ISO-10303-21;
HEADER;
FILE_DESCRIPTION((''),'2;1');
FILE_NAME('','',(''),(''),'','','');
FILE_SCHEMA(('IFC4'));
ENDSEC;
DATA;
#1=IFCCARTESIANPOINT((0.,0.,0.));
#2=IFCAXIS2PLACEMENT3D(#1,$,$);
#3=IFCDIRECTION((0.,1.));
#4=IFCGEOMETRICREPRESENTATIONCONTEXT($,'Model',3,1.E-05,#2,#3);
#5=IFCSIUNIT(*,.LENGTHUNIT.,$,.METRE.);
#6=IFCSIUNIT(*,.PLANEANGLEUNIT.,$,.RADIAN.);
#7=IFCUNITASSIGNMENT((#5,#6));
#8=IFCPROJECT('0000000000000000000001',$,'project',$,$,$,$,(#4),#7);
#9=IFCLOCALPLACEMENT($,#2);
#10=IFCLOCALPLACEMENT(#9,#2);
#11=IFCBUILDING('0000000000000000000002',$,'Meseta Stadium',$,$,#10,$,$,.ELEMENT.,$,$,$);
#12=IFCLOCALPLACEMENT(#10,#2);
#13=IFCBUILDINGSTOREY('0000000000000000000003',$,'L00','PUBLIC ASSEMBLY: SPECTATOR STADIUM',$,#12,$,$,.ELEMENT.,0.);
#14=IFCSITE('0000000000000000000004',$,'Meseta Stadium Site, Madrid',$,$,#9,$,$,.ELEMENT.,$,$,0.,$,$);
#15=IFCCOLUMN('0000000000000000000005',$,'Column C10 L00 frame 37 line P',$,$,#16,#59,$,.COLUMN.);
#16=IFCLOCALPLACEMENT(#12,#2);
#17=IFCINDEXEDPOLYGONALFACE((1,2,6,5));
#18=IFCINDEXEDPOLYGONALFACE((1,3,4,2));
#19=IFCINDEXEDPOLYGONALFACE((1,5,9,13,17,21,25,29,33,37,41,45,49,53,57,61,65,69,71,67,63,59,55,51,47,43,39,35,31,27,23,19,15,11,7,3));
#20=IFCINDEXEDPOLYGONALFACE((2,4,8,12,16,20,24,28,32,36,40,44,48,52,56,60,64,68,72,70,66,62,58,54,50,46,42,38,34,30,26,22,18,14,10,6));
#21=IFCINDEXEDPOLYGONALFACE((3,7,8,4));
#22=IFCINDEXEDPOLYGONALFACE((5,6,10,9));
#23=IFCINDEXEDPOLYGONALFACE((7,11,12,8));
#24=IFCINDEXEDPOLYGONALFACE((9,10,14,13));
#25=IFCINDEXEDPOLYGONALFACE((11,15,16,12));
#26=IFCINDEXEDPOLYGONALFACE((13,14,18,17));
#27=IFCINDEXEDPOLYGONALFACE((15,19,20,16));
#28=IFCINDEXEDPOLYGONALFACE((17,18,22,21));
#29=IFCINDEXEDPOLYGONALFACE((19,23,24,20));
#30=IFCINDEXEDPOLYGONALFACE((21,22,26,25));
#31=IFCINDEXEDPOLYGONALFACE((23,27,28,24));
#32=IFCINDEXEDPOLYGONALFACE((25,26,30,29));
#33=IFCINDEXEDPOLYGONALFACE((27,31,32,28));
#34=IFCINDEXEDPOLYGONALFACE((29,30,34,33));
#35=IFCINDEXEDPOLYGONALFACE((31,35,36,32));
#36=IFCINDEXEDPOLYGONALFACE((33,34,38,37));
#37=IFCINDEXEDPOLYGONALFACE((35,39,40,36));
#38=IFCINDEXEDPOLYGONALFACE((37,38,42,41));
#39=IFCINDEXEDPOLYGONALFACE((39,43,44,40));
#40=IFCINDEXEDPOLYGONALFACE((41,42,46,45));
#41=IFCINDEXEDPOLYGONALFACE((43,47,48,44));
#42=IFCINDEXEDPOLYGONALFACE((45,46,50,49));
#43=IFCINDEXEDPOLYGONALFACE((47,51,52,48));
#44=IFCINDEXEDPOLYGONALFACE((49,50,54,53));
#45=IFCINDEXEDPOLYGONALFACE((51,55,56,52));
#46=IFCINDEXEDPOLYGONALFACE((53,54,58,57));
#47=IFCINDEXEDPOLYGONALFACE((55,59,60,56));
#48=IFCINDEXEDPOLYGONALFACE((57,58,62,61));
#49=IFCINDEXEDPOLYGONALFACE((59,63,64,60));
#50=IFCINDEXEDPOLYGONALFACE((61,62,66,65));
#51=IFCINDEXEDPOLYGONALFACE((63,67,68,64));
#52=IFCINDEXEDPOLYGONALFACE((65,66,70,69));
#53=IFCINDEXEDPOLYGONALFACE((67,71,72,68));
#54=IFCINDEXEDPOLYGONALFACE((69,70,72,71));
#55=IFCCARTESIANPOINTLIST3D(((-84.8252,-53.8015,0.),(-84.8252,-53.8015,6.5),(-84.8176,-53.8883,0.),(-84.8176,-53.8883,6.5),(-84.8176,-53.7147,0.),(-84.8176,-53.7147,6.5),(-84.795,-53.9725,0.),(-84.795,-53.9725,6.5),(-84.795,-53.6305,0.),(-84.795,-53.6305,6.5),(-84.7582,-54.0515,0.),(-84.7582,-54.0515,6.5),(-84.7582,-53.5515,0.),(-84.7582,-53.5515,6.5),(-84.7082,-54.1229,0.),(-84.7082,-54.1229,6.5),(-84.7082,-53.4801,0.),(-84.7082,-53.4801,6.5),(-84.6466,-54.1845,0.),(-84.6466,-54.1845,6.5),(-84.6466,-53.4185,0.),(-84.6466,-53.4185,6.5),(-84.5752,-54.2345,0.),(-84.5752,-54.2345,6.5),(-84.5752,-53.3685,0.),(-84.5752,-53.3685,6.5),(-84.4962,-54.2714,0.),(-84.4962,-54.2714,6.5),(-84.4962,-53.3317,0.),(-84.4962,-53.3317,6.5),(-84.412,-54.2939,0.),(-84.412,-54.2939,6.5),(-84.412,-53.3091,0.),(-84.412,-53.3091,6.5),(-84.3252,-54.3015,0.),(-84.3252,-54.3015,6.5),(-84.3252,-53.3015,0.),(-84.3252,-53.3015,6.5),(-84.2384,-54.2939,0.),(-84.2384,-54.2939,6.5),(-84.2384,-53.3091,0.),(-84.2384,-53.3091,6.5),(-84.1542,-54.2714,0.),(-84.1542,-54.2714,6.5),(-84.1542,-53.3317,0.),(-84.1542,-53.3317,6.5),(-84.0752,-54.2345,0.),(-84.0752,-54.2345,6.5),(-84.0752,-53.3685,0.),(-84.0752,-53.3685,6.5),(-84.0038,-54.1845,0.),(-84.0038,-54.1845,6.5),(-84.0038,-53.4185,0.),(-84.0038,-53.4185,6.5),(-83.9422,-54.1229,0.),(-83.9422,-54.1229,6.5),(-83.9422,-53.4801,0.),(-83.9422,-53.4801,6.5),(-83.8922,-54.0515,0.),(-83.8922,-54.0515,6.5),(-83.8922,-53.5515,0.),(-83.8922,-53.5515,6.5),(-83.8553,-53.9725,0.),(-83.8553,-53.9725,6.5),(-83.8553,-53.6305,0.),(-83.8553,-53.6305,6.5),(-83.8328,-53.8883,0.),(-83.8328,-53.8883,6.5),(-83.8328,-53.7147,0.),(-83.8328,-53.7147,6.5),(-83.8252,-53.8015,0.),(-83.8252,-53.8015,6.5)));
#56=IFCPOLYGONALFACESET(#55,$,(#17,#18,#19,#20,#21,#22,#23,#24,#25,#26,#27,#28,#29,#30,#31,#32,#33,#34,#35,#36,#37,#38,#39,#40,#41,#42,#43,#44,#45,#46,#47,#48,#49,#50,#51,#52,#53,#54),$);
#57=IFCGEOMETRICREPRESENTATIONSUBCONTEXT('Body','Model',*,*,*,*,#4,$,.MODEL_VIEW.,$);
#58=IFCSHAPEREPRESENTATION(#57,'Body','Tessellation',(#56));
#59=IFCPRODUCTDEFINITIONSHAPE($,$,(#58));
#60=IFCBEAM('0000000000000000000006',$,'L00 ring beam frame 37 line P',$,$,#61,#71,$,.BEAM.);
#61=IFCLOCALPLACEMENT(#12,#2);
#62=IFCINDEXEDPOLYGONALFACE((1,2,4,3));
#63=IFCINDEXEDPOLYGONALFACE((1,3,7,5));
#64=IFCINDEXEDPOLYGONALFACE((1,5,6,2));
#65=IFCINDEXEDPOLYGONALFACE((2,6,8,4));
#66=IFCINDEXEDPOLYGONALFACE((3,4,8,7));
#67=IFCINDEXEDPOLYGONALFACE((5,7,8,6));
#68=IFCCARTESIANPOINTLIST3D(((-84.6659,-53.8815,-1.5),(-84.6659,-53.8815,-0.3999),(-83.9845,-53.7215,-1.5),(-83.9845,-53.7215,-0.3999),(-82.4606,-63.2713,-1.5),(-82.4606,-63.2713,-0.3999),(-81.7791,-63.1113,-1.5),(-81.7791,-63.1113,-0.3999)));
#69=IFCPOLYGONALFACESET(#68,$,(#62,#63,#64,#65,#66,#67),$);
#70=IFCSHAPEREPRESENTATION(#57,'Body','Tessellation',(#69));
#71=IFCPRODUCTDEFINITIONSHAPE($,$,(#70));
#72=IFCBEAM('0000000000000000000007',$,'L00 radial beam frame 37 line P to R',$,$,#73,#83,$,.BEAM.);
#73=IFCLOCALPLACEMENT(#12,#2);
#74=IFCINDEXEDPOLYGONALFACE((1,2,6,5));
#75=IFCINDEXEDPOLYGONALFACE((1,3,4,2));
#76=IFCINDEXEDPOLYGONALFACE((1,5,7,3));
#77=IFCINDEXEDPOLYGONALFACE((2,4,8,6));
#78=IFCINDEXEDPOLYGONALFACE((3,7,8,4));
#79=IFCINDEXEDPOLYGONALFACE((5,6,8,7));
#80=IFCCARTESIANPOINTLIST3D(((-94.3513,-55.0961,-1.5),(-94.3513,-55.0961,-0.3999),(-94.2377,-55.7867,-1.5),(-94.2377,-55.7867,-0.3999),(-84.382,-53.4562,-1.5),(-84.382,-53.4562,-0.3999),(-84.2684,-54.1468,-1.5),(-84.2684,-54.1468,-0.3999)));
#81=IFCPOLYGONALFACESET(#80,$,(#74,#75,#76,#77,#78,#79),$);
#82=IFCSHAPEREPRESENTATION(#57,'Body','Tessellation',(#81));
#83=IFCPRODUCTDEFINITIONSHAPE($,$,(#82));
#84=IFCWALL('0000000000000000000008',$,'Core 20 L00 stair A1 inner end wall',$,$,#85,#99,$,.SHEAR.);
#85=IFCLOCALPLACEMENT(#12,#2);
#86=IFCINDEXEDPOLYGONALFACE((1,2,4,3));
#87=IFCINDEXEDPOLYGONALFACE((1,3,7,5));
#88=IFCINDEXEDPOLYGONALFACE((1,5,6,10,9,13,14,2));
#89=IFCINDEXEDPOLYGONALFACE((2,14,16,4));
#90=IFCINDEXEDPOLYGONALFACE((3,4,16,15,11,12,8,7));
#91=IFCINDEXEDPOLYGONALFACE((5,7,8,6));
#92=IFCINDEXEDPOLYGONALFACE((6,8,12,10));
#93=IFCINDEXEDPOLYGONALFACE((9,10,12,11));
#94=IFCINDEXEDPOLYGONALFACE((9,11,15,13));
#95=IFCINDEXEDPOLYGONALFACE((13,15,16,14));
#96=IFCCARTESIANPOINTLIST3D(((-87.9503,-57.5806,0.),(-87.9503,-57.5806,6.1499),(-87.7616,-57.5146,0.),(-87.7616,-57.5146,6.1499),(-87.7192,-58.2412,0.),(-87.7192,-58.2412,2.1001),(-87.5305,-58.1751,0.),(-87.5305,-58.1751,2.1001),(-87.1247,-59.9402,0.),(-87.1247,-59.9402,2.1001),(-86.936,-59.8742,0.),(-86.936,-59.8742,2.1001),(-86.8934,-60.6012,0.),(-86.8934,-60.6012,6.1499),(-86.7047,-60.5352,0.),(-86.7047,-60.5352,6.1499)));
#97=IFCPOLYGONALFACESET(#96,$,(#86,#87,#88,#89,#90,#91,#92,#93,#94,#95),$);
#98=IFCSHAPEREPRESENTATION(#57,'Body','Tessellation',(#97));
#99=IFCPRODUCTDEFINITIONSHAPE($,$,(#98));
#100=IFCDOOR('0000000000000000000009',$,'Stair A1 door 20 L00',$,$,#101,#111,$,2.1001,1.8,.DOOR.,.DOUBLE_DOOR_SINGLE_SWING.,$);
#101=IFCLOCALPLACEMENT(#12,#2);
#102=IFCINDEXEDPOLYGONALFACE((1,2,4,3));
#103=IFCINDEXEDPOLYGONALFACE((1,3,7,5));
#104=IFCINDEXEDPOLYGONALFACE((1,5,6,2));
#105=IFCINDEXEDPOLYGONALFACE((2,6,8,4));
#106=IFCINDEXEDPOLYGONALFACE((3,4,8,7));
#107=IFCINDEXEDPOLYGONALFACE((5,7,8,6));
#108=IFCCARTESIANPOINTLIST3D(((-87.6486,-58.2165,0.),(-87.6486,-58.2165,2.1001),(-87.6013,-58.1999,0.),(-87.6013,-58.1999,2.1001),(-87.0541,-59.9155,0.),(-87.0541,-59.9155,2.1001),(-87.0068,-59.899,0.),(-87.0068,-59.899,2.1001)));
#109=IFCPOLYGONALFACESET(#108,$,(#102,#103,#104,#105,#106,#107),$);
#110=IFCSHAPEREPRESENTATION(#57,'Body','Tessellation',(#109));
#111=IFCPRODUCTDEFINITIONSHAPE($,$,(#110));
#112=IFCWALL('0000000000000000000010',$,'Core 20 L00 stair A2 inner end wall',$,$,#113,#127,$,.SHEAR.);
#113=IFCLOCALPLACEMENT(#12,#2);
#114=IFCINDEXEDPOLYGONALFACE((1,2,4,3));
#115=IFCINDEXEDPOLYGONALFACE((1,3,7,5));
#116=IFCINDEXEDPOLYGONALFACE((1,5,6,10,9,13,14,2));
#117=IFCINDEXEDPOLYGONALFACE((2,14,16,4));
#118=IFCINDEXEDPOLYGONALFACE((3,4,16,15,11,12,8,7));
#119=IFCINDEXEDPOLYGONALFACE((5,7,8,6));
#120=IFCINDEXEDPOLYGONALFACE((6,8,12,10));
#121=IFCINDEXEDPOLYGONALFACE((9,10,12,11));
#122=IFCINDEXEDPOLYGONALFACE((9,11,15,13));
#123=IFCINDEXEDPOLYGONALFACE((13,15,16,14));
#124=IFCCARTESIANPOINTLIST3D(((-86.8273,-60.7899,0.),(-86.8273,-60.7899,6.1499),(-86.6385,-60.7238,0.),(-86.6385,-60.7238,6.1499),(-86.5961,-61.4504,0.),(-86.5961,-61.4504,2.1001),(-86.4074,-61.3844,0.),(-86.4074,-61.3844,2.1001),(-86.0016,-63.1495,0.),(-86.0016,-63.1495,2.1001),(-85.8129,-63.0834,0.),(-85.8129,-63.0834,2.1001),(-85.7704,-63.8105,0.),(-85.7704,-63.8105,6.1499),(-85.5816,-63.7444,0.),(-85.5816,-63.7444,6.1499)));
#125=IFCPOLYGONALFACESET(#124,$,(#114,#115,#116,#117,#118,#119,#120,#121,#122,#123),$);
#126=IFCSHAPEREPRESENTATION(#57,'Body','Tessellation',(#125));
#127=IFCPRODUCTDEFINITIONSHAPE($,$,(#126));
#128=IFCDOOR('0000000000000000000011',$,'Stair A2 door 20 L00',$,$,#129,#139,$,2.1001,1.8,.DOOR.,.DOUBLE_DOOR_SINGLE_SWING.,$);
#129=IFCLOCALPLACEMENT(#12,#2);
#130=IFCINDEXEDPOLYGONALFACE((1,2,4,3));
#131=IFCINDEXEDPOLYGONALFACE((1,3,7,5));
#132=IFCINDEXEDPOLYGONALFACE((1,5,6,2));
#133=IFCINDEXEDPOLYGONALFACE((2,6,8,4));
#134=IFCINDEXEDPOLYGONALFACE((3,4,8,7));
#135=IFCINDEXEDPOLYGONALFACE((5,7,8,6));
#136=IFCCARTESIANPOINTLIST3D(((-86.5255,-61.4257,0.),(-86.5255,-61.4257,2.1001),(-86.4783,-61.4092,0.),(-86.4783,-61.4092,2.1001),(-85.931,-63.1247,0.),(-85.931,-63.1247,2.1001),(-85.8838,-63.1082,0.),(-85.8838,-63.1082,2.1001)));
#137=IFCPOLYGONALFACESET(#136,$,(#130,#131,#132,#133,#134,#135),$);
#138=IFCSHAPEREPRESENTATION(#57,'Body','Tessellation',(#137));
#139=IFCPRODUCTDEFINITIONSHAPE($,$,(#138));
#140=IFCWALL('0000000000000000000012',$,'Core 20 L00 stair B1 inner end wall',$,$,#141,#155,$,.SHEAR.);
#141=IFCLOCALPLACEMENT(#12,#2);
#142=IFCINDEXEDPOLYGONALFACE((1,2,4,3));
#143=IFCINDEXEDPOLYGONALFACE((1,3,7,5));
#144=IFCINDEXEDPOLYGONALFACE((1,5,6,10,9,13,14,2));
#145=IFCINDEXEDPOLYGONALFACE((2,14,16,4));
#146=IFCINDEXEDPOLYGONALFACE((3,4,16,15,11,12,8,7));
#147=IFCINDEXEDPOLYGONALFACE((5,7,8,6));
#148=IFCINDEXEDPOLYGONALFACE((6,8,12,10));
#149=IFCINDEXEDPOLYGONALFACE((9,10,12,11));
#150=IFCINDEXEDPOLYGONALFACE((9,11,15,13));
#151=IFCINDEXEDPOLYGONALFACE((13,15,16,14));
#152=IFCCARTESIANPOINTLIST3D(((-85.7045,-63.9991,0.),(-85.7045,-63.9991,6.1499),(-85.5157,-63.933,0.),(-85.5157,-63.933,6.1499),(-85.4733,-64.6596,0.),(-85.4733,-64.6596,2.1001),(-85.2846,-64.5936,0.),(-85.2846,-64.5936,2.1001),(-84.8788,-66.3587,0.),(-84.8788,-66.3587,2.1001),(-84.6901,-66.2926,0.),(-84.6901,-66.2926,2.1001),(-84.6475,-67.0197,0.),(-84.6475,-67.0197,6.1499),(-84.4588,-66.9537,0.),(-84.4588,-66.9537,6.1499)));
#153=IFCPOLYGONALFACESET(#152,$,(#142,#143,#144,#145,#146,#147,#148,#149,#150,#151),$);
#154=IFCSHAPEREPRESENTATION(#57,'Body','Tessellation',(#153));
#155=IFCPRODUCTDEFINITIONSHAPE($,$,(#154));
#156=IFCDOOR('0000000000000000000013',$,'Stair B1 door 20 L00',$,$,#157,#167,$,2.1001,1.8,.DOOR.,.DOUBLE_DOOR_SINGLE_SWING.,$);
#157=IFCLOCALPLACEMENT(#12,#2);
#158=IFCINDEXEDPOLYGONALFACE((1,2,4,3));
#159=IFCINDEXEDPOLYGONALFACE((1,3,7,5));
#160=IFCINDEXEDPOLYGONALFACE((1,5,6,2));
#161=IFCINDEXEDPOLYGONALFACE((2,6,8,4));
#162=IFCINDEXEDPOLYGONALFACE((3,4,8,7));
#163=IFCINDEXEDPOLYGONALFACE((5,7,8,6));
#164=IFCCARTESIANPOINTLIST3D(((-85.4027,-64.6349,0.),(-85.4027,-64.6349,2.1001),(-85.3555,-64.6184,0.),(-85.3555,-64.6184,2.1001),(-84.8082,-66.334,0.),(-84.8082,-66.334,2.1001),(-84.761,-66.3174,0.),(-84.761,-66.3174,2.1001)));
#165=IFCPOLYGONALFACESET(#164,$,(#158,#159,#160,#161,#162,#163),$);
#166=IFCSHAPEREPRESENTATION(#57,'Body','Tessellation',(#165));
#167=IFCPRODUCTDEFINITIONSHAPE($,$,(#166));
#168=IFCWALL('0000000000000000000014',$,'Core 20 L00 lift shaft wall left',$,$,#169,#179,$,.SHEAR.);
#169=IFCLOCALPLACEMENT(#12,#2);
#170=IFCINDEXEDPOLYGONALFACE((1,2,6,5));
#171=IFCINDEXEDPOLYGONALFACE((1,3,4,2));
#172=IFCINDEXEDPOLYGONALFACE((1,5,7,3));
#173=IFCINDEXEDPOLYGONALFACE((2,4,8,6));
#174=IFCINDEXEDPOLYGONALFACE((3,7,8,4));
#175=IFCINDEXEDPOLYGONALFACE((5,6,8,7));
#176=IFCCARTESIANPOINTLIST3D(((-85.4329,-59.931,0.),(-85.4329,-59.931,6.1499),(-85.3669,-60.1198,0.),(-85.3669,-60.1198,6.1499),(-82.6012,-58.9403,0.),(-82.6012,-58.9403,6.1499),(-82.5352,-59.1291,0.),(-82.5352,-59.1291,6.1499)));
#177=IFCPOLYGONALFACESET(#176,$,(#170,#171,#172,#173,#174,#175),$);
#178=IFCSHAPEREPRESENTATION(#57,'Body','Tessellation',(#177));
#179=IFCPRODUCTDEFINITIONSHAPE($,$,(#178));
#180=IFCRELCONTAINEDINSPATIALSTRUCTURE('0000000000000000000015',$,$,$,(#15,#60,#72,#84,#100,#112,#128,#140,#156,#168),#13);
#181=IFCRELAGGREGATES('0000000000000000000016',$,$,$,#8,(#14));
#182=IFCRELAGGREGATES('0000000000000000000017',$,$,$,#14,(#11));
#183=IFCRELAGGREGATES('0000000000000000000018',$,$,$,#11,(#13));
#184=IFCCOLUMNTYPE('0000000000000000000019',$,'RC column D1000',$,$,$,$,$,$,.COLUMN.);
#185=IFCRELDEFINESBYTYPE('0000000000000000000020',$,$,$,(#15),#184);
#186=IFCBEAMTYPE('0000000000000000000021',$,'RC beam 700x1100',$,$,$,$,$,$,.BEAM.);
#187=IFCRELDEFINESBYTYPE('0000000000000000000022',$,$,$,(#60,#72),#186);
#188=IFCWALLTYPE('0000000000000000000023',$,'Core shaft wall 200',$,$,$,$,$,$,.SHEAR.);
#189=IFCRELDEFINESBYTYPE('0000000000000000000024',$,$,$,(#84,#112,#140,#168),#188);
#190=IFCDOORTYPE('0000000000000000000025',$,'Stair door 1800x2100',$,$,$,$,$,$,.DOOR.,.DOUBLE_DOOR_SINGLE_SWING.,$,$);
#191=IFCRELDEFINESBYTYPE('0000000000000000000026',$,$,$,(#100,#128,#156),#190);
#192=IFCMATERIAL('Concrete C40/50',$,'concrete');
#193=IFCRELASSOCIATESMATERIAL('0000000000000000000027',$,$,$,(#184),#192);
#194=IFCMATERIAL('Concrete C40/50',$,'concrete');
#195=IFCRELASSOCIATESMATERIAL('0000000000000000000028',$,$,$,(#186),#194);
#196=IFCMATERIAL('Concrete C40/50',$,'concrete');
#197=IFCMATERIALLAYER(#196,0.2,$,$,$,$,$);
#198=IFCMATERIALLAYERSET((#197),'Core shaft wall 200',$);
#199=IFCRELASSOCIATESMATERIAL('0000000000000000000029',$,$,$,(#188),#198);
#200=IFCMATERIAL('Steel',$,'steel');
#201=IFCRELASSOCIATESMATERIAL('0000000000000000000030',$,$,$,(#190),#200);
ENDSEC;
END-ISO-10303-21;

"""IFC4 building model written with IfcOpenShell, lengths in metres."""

from ifc_helpers import new_model, si_unit, direction, frame, frame_2d, origin, origin_2d, place, context, subcontext, project, spatial, rectangle, circle, extrude, material, layer, layer_set, material_profile, profile_set, type_object, element, fill, save


model = new_model("IFC4")

# Units and contexts
model_context = context("Model", 3, precision=1e-05, world=origin(), true_north=direction((0.0, 1.0)))
body_context = subcontext(model_context, "Body", "Model", "MODEL_VIEW")
ifc_project = project(units=[si_unit("LENGTHUNIT", "METRE"), si_unit("PLANEANGLEUNIT", "RADIAN")], contexts=[model_context])

# Site, building, storey
site_placement = place(None, origin())
site = spatial("IfcSite", under=ifc_project, at=site_placement, Name="Meseta Stadium Site, Madrid", CompositionType="ELEMENT", RefElevation=0.0)
building_placement = place(site_placement, origin())
building = spatial("IfcBuilding", under=site, at=building_placement, Name="Meseta Stadium", CompositionType="ELEMENT")
storey_placement = place(building_placement, origin())
storey = spatial("IfcBuildingStorey", under=building, at=storey_placement, Name="L00", Description="PUBLIC ASSEMBLY: SPECTATOR STADIUM", CompositionType="ELEMENT", Elevation=0.0)

# Column
ifc_material_1 = material(Name="Concrete C40/50", Category="concrete")
ifc_material_profile_1 = material_profile(ifc_material_1, circle(Radius=0.5, at=origin_2d()), Name="RC D1000")
ifc_profile_set_1 = profile_set([ifc_material_profile_1], Name="Concrete C40/50")
column_type = type_object("IfcColumnType", Name="RC column D1000", PredefinedType="COLUMN", material=ifc_profile_set_1)
column_placement = place(storey_placement, frame((-84.3252, -53.8015, 0.0), z_axis=(0.0, 0.0, 1.0), x_axis=(1.0, 0.0, 0.0)))
element("IfcColumn", 1, at=column_placement, inside=storey, type_object=column_type, Name="Column C10 L00 frame 37 line P", PredefinedType="COLUMN", context=body_context, shape_type="SweptSolid", body=[
    extrude(circle(Radius=0.5, at=origin_2d()), origin(), (0.0, 0.0, 1.0), 6.5),
])

# Beams
ifc_material_2 = material(Name="Concrete C40/50", Category="concrete")
ifc_material_profile_2 = material_profile(ifc_material_2, rectangle(XDim=0.7, YDim=1.1001, at=origin_2d()), Name="RC 700x1100")
ifc_profile_set_2 = profile_set([ifc_material_profile_2], Name="Concrete C40/50")
beam_type = type_object("IfcBeamType", Name="RC beam 700x1100", PredefinedType="BEAM", material=ifc_profile_set_2)
beam_1_placement = place(storey_placement, frame((-84.3252, -53.8015, -0.95), z_axis=(0.228646, -0.97351, 0.0), x_axis=(0.97351, 0.228646, 0.0)))
element("IfcBeam", 2, at=beam_1_placement, inside=storey, type_object=beam_type, Name="L00 ring beam frame 37 line P", PredefinedType="BEAM", context=body_context, shape_type="SweptSolid", body=[
    extrude(rectangle(XDim=0.7, YDim=1.1001, at=origin_2d()), origin(), (0.0, 0.0, 1.0), 9.6453),
])
beam_2_placement = place(storey_placement, frame((-84.3252, -53.8015, -0.95), z_axis=(-0.986739, -0.162314, 0.0), x_axis=(0.162314, -0.986739, 0.0)))
element("IfcBeam", 3, at=beam_2_placement, inside=storey, type_object=beam_type, Name="L00 radial beam frame 37 line P to R", PredefinedType="BEAM", context=body_context, shape_type="SweptSolid", body=[
    extrude(rectangle(XDim=0.7, YDim=1.1001, at=origin_2d()), origin(), (0.0, 0.0, 1.0), 10.1033),
])

# Walls, openings, doors
ifc_material_3 = material(Name="Concrete C40/50", Category="concrete")
ifc_layer_1 = layer(ifc_material_3, 0.2)
ifc_layer_set_1 = layer_set([ifc_layer_1], Name="Core shaft wall 200")
wall_type_1 = type_object("IfcWallType", Name="Core shaft wall 200", PredefinedType="SHEAR", material=ifc_layer_set_1)
wall_1_placement = place(storey_placement, frame((-87.856, -57.5476, 0.0), z_axis=(0.0, 0.0, 1.0), x_axis=(0.330269, -0.943887, 0.0)))
wall_1 = element("IfcWall", 4, at=wall_1_placement, inside=storey, type_object=wall_type_1, Name="Core 20 L00 stair A1 inner end wall", PredefinedType="SHEAR", context=body_context, shape_type="SweptSolid", body=[
    extrude(rectangle(XDim=3.2002, YDim=0.2, at=frame_2d((1.6001, 0.0))), origin(), (0.0, 0.0, 1.0), 6.1499),
])
opening_1_placement = place(wall_1_placement, frame((0.7, 0.0, 0.0)))
opening_1 = element("IfcOpeningElement", 5, at=opening_1_placement, cuts=wall_1, PredefinedType="OPENING", context=body_context, shape_type="SweptSolid", body=[
    extrude(rectangle(XDim=1.8, YDim=2.1001, at=frame_2d((0.8999, 1.05))), frame((0.0, 0.1099, 0.0), z_axis=(0.0, -1.0, 0.0), x_axis=(1.0, 0.0, 0.0)), (0.0, 0.0, 1.0), 0.22),
])
ifc_material_4 = material(Name="Steel", Category="steel")
door_type = type_object("IfcDoorType", Name="Stair door 1800x2100", OperationType="DOUBLE_DOOR_SINGLE_SWING", PredefinedType="DOOR", material=ifc_material_4)
door_1_placement = place(opening_1_placement, origin())
door_1 = element("IfcDoor", 6, at=door_1_placement, inside=storey, type_object=door_type, Name="Stair A1 door 20 L00", OperationType="DOUBLE_DOOR_SINGLE_SWING", OverallHeight=2.1001, OverallWidth=1.8, PredefinedType="DOOR", context=body_context, shape_type="SweptSolid", body=[
    extrude(rectangle(XDim=1.8, YDim=2.1001, at=frame_2d((0.8999, 1.05))), frame((0.0, 0.0249, 0.0), z_axis=(0.0, -1.0, 0.0), x_axis=(1.0, 0.0, 0.0)), (0.0, 0.0, 1.0), 0.05),
])
fill(opening_1, door_1)
wall_2_placement = place(storey_placement, frame((-86.7329, -60.7568, 0.0), z_axis=(0.0, 0.0, 1.0), x_axis=(0.330269, -0.943887, 0.0)))
wall_2 = element("IfcWall", 7, at=wall_2_placement, inside=storey, type_object=wall_type_1, Name="Core 20 L00 stair A2 inner end wall", PredefinedType="SHEAR", context=body_context, shape_type="SweptSolid", body=[
    extrude(rectangle(XDim=3.2002, YDim=0.2, at=frame_2d((1.6001, 0.0))), origin(), (0.0, 0.0, 1.0), 6.1499),
])
opening_2_placement = place(wall_2_placement, frame((0.7, 0.0, 0.0)))
opening_2 = element("IfcOpeningElement", 8, at=opening_2_placement, cuts=wall_2, PredefinedType="OPENING", context=body_context, shape_type="SweptSolid", body=[
    extrude(rectangle(XDim=1.8, YDim=2.1001, at=frame_2d((0.8999, 1.05))), frame((0.0, 0.1099, 0.0), z_axis=(0.0, -1.0, 0.0), x_axis=(1.0, 0.0, 0.0)), (0.0, 0.0, 1.0), 0.22),
])
door_2_placement = place(opening_2_placement, origin())
door_2 = element("IfcDoor", 9, at=door_2_placement, inside=storey, type_object=door_type, Name="Stair A2 door 20 L00", OperationType="DOUBLE_DOOR_SINGLE_SWING", OverallHeight=2.1001, OverallWidth=1.8, PredefinedType="DOOR", context=body_context, shape_type="SweptSolid", body=[
    extrude(rectangle(XDim=1.8, YDim=2.1001, at=frame_2d((0.8999, 1.05))), frame((0.0, 0.0249, 0.0), z_axis=(0.0, -1.0, 0.0), x_axis=(1.0, 0.0, 0.0)), (0.0, 0.0, 1.0), 0.05),
])
fill(opening_2, door_2)
wall_3_placement = place(storey_placement, frame((-85.6101, -63.9661, 0.0), z_axis=(0.0, 0.0, 1.0), x_axis=(0.330269, -0.943887, 0.0)))
wall_3 = element("IfcWall", 10, at=wall_3_placement, inside=storey, type_object=wall_type_1, Name="Core 20 L00 stair B1 inner end wall", PredefinedType="SHEAR", context=body_context, shape_type="SweptSolid", body=[
    extrude(rectangle(XDim=3.2002, YDim=0.2, at=frame_2d((1.6001, 0.0))), origin(), (0.0, 0.0, 1.0), 6.1499),
])
opening_3_placement = place(wall_3_placement, frame((0.7, 0.0, 0.0)))
opening_3 = element("IfcOpeningElement", 11, at=opening_3_placement, cuts=wall_3, PredefinedType="OPENING", context=body_context, shape_type="SweptSolid", body=[
    extrude(rectangle(XDim=1.8, YDim=2.1001, at=frame_2d((0.8999, 1.05))), frame((0.0, 0.1099, 0.0), z_axis=(0.0, -1.0, 0.0), x_axis=(1.0, 0.0, 0.0)), (0.0, 0.0, 1.0), 0.22),
])
door_3_placement = place(opening_3_placement, origin())
door_3 = element("IfcDoor", 12, at=door_3_placement, inside=storey, type_object=door_type, Name="Stair B1 door 20 L00", OperationType="DOUBLE_DOOR_SINGLE_SWING", OverallHeight=2.1001, OverallWidth=1.8, PredefinedType="DOOR", context=body_context, shape_type="SweptSolid", body=[
    extrude(rectangle(XDim=1.8, YDim=2.1001, at=frame_2d((0.8999, 1.05))), frame((0.0, 0.0249, 0.0), z_axis=(0.0, -1.0, 0.0), x_axis=(1.0, 0.0, 0.0)), (0.0, 0.0, 1.0), 0.05),
])
fill(opening_3, door_3)

# Wall
wall_4_placement = place(storey_placement, frame((-85.3999, -60.0254, 0.0), z_axis=(0.0, 0.0, 1.0), x_axis=(0.9439, 0.330231, 0.0)))
element("IfcWall", 13, at=wall_4_placement, inside=storey, type_object=wall_type_1, Name="Core 20 L00 lift shaft wall left", PredefinedType="SHEAR", context=body_context, shape_type="SweptSolid", body=[
    extrude(rectangle(XDim=3.0, YDim=0.2, at=frame_2d((1.5, 0.0))), origin(), (0.0, 0.0, 1.0), 6.1499),
])

save(model, "model.ifc")
